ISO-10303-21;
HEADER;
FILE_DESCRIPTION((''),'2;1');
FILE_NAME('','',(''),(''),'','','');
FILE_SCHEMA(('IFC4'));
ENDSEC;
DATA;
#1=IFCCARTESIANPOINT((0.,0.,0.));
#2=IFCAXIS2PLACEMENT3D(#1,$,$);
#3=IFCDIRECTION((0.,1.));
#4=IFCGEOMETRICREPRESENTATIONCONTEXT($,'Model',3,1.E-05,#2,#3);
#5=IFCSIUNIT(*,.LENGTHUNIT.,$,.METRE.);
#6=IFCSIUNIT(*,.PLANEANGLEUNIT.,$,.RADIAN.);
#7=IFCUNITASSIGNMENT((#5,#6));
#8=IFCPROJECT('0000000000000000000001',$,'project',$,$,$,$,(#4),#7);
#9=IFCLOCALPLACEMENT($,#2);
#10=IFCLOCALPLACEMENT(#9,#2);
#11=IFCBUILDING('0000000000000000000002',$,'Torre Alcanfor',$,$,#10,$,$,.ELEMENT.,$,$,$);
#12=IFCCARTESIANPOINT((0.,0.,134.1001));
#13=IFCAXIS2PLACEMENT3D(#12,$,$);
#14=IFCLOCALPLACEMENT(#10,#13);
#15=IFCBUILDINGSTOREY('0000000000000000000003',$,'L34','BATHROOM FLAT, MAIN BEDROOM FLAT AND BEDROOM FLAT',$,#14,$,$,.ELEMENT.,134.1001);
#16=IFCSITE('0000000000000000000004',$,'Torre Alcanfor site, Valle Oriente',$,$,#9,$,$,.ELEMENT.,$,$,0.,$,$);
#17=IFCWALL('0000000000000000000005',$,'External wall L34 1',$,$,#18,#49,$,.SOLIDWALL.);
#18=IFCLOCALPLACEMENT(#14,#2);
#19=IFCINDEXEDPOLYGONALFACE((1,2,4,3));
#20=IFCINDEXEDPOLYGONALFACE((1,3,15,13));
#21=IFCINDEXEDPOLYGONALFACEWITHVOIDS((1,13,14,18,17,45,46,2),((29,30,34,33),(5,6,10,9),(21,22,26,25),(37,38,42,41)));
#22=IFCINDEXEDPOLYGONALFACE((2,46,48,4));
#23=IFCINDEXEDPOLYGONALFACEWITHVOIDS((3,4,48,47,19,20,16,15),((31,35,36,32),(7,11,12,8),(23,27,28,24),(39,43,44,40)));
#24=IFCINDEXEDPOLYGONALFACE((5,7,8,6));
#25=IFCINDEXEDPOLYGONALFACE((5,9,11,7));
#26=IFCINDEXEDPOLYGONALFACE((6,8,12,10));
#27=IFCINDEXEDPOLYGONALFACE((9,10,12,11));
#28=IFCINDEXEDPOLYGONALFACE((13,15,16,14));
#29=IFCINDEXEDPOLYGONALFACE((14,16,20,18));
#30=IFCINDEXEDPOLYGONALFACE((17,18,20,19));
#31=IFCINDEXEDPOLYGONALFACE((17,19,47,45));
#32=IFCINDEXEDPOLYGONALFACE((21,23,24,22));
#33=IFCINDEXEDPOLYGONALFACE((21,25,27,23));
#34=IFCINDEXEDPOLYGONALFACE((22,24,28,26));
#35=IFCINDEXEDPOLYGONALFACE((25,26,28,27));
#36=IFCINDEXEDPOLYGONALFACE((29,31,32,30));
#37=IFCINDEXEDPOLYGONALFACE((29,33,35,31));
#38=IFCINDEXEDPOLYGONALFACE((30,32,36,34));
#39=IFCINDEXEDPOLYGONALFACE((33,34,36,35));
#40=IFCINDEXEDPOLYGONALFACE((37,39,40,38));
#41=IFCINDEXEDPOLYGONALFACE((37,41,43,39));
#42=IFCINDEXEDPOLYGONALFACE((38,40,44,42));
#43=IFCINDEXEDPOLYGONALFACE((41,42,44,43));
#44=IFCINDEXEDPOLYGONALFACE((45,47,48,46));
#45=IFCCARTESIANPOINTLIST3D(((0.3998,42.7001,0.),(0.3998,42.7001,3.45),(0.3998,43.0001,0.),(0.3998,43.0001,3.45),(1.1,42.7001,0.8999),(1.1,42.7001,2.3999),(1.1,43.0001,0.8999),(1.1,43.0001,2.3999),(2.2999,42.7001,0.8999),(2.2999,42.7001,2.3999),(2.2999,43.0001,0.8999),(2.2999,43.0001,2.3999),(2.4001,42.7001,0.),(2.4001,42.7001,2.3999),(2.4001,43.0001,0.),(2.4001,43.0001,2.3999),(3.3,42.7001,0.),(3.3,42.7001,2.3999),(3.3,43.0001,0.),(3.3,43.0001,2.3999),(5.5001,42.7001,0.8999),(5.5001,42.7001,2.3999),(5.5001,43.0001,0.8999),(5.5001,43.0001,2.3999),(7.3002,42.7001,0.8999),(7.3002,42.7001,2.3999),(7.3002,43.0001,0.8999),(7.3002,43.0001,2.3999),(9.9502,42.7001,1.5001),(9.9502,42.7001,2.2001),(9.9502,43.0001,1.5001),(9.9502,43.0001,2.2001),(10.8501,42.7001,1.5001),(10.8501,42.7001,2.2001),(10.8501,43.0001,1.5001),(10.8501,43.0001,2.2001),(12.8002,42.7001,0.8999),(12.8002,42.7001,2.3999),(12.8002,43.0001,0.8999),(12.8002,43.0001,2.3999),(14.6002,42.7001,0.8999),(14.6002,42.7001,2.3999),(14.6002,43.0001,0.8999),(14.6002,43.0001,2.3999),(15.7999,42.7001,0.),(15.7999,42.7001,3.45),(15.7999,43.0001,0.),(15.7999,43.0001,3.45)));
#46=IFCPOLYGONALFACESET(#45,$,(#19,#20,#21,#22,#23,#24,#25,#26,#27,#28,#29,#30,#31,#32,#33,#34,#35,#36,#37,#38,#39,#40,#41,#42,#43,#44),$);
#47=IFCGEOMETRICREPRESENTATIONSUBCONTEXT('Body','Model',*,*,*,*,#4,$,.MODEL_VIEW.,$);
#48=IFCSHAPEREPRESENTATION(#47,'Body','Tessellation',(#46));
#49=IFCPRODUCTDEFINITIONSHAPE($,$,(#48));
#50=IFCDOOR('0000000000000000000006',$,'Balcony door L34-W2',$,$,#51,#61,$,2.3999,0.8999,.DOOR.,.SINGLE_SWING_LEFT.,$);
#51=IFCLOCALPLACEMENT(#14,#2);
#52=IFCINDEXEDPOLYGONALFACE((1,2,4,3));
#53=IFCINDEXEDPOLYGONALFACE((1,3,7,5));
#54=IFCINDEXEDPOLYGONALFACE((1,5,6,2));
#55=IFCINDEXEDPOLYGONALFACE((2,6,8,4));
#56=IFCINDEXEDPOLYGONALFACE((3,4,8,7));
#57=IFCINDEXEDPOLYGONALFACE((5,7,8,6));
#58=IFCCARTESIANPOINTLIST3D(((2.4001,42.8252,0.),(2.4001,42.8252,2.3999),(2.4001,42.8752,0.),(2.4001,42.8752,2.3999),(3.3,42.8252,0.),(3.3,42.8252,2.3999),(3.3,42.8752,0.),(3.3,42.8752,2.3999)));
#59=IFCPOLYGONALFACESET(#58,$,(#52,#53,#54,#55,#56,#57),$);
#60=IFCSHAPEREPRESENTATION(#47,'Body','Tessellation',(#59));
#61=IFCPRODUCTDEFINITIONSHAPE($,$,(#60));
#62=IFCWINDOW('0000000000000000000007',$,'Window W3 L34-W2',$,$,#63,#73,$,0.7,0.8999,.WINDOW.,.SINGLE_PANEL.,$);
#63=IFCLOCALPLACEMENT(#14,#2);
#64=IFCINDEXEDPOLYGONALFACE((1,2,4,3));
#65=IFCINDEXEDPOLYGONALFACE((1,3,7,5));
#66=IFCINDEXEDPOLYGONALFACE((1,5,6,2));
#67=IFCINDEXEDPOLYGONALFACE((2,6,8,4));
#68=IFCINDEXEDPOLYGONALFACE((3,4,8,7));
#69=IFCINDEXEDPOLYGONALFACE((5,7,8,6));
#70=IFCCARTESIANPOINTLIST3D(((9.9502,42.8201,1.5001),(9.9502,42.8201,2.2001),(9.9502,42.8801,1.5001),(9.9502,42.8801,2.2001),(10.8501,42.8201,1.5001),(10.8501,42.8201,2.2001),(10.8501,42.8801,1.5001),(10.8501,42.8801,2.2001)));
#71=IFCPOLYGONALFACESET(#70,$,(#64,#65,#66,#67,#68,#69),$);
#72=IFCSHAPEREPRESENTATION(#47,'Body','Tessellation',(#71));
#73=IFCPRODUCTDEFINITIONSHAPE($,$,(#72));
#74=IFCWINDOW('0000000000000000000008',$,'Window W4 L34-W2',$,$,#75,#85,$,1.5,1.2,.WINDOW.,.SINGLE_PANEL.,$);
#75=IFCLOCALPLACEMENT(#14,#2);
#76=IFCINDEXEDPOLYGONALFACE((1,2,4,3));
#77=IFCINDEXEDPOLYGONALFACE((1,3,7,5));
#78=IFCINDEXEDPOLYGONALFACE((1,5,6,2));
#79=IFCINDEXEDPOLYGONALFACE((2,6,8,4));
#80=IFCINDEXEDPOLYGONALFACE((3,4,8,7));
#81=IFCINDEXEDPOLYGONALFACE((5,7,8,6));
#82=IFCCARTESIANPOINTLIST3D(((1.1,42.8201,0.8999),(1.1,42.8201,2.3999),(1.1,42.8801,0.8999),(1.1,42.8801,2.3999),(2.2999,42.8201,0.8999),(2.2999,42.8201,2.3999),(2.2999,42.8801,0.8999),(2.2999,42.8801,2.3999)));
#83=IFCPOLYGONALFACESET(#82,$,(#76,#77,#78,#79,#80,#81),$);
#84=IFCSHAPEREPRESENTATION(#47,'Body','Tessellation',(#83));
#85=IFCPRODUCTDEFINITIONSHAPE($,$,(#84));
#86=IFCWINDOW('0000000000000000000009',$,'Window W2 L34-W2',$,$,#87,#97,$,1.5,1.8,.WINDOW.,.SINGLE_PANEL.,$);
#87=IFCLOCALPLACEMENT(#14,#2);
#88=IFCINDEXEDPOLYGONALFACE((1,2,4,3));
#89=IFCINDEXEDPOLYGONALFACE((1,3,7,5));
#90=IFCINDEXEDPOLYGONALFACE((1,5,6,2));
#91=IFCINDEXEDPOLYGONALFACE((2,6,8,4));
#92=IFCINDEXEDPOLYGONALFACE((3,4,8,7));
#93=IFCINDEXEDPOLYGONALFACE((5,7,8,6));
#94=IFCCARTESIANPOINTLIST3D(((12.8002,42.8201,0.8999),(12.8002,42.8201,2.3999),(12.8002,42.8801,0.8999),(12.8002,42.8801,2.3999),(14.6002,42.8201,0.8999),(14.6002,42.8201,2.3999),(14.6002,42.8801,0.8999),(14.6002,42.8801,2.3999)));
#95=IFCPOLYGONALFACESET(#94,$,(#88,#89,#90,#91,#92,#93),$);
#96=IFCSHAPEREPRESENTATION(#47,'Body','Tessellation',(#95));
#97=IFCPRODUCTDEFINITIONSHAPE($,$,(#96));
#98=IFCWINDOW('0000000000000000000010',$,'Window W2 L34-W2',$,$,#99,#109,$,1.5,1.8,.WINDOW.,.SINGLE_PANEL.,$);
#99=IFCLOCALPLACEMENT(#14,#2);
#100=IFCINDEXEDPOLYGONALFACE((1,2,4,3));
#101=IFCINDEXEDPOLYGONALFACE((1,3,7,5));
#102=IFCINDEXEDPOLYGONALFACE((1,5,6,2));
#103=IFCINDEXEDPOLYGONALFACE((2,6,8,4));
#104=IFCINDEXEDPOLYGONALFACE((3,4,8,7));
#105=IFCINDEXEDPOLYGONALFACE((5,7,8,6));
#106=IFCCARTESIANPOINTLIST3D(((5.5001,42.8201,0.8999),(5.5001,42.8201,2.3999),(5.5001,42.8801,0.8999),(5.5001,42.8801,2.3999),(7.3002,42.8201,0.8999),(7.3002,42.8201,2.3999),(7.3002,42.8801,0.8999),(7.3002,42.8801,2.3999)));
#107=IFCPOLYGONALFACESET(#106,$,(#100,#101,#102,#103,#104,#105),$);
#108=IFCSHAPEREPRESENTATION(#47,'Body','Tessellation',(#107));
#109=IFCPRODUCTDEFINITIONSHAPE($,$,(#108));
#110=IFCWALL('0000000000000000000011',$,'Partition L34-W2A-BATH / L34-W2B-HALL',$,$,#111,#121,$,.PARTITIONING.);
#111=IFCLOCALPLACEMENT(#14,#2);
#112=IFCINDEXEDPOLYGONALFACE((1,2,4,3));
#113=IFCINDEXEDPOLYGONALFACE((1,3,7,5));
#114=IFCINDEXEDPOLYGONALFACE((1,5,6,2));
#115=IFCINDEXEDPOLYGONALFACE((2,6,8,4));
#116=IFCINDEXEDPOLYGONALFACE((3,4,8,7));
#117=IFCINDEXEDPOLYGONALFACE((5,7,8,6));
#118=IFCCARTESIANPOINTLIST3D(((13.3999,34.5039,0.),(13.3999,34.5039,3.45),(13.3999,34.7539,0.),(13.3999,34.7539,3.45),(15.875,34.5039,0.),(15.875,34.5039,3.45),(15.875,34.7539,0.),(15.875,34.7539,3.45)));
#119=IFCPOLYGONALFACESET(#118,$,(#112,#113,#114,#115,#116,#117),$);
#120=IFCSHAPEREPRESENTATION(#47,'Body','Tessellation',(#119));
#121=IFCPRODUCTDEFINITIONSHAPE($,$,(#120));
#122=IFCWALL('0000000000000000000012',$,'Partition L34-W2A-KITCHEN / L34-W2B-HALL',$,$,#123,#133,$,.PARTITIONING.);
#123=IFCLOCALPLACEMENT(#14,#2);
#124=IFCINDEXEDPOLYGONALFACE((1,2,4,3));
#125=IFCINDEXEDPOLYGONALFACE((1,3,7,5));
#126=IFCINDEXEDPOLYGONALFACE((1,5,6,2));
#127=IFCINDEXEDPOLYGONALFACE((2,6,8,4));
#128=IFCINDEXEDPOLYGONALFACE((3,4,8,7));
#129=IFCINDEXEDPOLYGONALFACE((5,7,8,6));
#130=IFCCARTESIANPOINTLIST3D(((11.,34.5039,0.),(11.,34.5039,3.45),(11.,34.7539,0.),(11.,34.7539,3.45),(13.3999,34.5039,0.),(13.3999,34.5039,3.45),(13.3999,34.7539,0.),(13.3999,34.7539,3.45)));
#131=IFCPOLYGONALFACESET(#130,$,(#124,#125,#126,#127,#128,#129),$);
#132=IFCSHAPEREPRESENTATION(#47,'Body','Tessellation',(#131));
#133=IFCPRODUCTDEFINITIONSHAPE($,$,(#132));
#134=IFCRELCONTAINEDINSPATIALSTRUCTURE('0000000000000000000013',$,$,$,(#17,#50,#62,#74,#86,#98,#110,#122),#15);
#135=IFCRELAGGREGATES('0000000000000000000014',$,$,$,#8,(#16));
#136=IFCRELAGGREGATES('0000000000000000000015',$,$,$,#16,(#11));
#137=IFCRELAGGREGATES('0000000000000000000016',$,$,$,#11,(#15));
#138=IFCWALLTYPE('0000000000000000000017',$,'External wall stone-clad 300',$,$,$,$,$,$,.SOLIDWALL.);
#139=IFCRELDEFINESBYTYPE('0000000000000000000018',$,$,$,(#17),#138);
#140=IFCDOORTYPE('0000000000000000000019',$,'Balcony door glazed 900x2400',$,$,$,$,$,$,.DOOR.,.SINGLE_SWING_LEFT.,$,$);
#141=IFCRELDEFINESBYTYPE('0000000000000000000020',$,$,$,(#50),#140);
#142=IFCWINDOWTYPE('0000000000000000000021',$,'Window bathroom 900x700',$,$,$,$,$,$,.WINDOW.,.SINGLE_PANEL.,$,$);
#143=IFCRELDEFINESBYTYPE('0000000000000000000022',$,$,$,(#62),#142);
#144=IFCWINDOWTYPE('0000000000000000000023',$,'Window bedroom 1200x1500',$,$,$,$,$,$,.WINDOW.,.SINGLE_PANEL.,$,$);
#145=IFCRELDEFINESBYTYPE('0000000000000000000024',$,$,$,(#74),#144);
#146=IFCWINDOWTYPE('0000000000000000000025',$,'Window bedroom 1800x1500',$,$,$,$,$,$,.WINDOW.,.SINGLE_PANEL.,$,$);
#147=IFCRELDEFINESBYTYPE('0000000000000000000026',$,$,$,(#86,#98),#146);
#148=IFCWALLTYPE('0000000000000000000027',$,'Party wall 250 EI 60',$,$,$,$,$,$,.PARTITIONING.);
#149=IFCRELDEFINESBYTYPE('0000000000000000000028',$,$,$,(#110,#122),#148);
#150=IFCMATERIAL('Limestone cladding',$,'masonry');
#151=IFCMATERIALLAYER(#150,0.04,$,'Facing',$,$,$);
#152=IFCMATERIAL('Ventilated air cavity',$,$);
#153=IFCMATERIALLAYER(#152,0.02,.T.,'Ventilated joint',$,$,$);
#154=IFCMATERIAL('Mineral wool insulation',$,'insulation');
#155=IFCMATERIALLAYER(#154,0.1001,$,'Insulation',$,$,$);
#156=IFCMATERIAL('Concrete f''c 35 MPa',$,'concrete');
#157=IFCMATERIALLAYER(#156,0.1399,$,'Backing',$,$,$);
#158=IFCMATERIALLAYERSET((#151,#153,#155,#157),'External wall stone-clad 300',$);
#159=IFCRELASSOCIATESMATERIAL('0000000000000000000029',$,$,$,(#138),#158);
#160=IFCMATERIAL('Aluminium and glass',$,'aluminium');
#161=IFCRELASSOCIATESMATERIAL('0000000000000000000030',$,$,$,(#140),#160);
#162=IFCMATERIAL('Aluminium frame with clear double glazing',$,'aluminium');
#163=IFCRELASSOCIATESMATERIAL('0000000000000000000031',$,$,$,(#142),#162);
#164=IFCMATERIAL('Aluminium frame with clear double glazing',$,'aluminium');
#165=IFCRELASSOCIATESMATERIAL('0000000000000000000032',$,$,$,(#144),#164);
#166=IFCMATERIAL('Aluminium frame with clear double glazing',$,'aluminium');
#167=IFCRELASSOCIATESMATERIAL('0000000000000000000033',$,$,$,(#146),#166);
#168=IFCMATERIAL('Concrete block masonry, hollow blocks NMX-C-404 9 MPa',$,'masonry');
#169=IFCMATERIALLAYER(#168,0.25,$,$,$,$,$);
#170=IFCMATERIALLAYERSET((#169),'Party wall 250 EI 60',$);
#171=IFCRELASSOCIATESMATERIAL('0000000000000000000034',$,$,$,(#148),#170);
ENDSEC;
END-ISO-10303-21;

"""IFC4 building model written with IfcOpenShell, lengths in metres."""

from ifc_helpers import new_model, si_unit, direction, frame, frame_2d, origin, place, context, subcontext, project, spatial, rectangle, extrude, material, layer, layer_set, type_object, element, fill, save


model = new_model("IFC4")

# Units and contexts
model_context = context("Model", 3, precision=1e-05, world=origin(), true_north=direction((0.0, 1.0)))
body_context = subcontext(model_context, "Body", "Model", "MODEL_VIEW")
ifc_project = project(units=[si_unit("LENGTHUNIT", "METRE"), si_unit("PLANEANGLEUNIT", "RADIAN")], contexts=[model_context])

# Site, building, storey
site_placement = place(None, origin())
site = spatial("IfcSite", under=ifc_project, at=site_placement, Name="Torre Alcanfor site, Valle Oriente", CompositionType="ELEMENT", RefElevation=0.0)
building_placement = place(site_placement, origin())
building = spatial("IfcBuilding", under=site, at=building_placement, Name="Torre Alcanfor", CompositionType="ELEMENT")
storey_placement = place(building_placement, frame((0.0, 0.0, 134.1001)))
storey = spatial("IfcBuildingStorey", under=building, at=storey_placement, Name="L34", Description="BATHROOM FLAT, MAIN BEDROOM FLAT AND BEDROOM FLAT", CompositionType="ELEMENT", Elevation=134.1001)

# Wall, openings, door, windows
ifc_material_1 = material(Name="Limestone cladding", Category="masonry")
ifc_layer_1 = layer(ifc_material_1, 0.04, Name="Facing")
ifc_material_2 = material(Name="Ventilated air cavity")
ifc_layer_2 = layer(ifc_material_2, 0.02, ventilated=True, Name="Ventilated joint")
ifc_material_3 = material(Name="Mineral wool insulation", Category="insulation")
ifc_layer_3 = layer(ifc_material_3, 0.1001, Name="Insulation")
ifc_material_4 = material(Name="Concrete f'c 35 MPa", Category="concrete")
ifc_layer_4 = layer(ifc_material_4, 0.1399, Name="Backing")
ifc_layer_set_1 = layer_set([ifc_layer_1, ifc_layer_2, ifc_layer_3, ifc_layer_4], Name="External wall stone-clad 300")
wall_type_1 = type_object("IfcWallType", Name="External wall stone-clad 300", PredefinedType="SOLIDWALL", material=ifc_layer_set_1)
wall_1_placement = place(storey_placement, frame((15.8, 42.8501, 0.0), z_axis=(0.0, 0.0, 1.0), x_axis=(-1.0, 0.0, 0.0)))
wall_1 = element("IfcWall", 1, at=wall_1_placement, inside=storey, type_object=wall_type_1, Name="External wall L34 1", PredefinedType="SOLIDWALL", context=body_context, shape_type="SweptSolid", body=[
    extrude(rectangle(XDim=15.4001, YDim=0.3, at=frame_2d((7.7002, 0.0))), origin(), (0.0, 0.0, 1.0), 3.45),
])
opening_1_placement = place(wall_1_placement, frame((1.2, 0.0, 0.8999)))
opening_1 = element("IfcOpeningElement", 2, at=opening_1_placement, cuts=wall_1, PredefinedType="OPENING", context=body_context, shape_type="SweptSolid", body=[
    extrude(rectangle(XDim=1.8, YDim=1.5, at=frame_2d((0.8999, 0.75))), frame((0.0, 0.1599, 0.0), z_axis=(0.0, -1.0, 0.0), x_axis=(1.0, 0.0, 0.0)), (0.0, 0.0, 1.0), 0.3201),
])
opening_2_placement = place(wall_1_placement, frame((4.95, 0.0, 1.5)))
opening_2 = element("IfcOpeningElement", 3, at=opening_2_placement, cuts=wall_1, PredefinedType="OPENING", context=body_context, shape_type="SweptSolid", body=[
    extrude(rectangle(XDim=0.8999, YDim=0.7, at=frame_2d((0.45, 0.3501))), frame((0.0, 0.1599, 0.0), z_axis=(0.0, -1.0, 0.0), x_axis=(1.0, 0.0, 0.0)), (0.0, 0.0, 1.0), 0.3201),
])
opening_3_placement = place(wall_1_placement, frame((8.5, 0.0, 0.8999)))
opening_3 = element("IfcOpeningElement", 4, at=opening_3_placement, cuts=wall_1, PredefinedType="OPENING", context=body_context, shape_type="SweptSolid", body=[
    extrude(rectangle(XDim=1.8, YDim=1.5, at=frame_2d((0.8999, 0.75))), frame((0.0, 0.1599, 0.0), z_axis=(0.0, -1.0, 0.0), x_axis=(1.0, 0.0, 0.0)), (0.0, 0.0, 1.0), 0.3201),
])
opening_4_placement = place(wall_1_placement, frame((12.5, 0.0, 0.0)))
opening_4 = element("IfcOpeningElement", 5, at=opening_4_placement, cuts=wall_1, PredefinedType="OPENING", context=body_context, shape_type="SweptSolid", body=[
    extrude(rectangle(XDim=0.8999, YDim=2.3999, at=frame_2d((0.45, 1.2))), frame((0.0, 0.1599, 0.0), z_axis=(0.0, -1.0, 0.0), x_axis=(1.0, 0.0, 0.0)), (0.0, 0.0, 1.0), 0.3201),
])
opening_5_placement = place(wall_1_placement, frame((13.5, 0.0, 0.8999)))
opening_5 = element("IfcOpeningElement", 6, at=opening_5_placement, cuts=wall_1, PredefinedType="OPENING", context=body_context, shape_type="SweptSolid", body=[
    extrude(rectangle(XDim=1.2, YDim=1.5, at=frame_2d((0.6001, 0.75))), frame((0.0, 0.1599, 0.0), z_axis=(0.0, -1.0, 0.0), x_axis=(1.0, 0.0, 0.0)), (0.0, 0.0, 1.0), 0.3201),
])
ifc_material_5 = material(Name="Aluminium and glass", Category="aluminium")
door_type_1 = type_object("IfcDoorType", Name="Balcony door glazed 900x2400", OperationType="SINGLE_SWING_LEFT", PredefinedType="DOOR", material=ifc_material_5)
door_1_placement = place(opening_4_placement, origin())
door_1 = element("IfcDoor", 7, at=door_1_placement, inside=storey, type_object=door_type_1, Name="Balcony door L34-W2", OperationType="SINGLE_SWING_LEFT", OverallHeight=2.3999, OverallWidth=0.8999, PredefinedType="DOOR", context=body_context, shape_type="SweptSolid", body=[
    extrude(rectangle(XDim=0.8999, YDim=2.3999, at=frame_2d((0.45, 1.2))), frame((0.0, 0.0249, 0.0), z_axis=(0.0, -1.0, 0.0), x_axis=(1.0, 0.0, 0.0)), (0.0, 0.0, 1.0), 0.05),
])
fill(opening_4, door_1)
ifc_material_6 = material(Name="Aluminium frame with clear double glazing", Category="aluminium")
window_type_1 = type_object("IfcWindowType", Name="Window bathroom 900x700", PartitioningType="SINGLE_PANEL", PredefinedType="WINDOW", material=ifc_material_6)
window_1_placement = place(opening_2_placement, origin())
window_1 = element("IfcWindow", 8, at=window_1_placement, inside=storey, type_object=window_type_1, Name="Window W3 L34-W2", OverallHeight=0.7, OverallWidth=0.8999, PartitioningType="SINGLE_PANEL", PredefinedType="WINDOW", context=body_context, shape_type="SweptSolid", body=[
    extrude(rectangle(XDim=0.8999, YDim=0.7, at=frame_2d((0.45, 0.3501))), frame((0.0, 0.03, 0.0), z_axis=(0.0, -1.0, 0.0), x_axis=(1.0, 0.0, 0.0)), (0.0, 0.0, 1.0), 0.0601),
])
fill(opening_2, window_1)
ifc_material_7 = material(Name="Aluminium frame with clear double glazing", Category="aluminium")
window_type_2 = type_object("IfcWindowType", Name="Window bedroom 1200x1500", PartitioningType="SINGLE_PANEL", PredefinedType="WINDOW", material=ifc_material_7)
window_2_placement = place(opening_5_placement, origin())
window_2 = element("IfcWindow", 9, at=window_2_placement, inside=storey, type_object=window_type_2, Name="Window W4 L34-W2", OverallHeight=1.5, OverallWidth=1.2, PartitioningType="SINGLE_PANEL", PredefinedType="WINDOW", context=body_context, shape_type="SweptSolid", body=[
    extrude(rectangle(XDim=1.2, YDim=1.5, at=frame_2d((0.6001, 0.75))), frame((0.0, 0.03, 0.0), z_axis=(0.0, -1.0, 0.0), x_axis=(1.0, 0.0, 0.0)), (0.0, 0.0, 1.0), 0.0601),
])
fill(opening_5, window_2)
ifc_material_8 = material(Name="Aluminium frame with clear double glazing", Category="aluminium")
window_type_3 = type_object("IfcWindowType", Name="Window bedroom 1800x1500", PartitioningType="SINGLE_PANEL", PredefinedType="WINDOW", material=ifc_material_8)
window_3_placement = place(opening_1_placement, origin())
window_3 = element("IfcWindow", 10, at=window_3_placement, inside=storey, type_object=window_type_3, Name="Window W2 L34-W2", OverallHeight=1.5, OverallWidth=1.8, PartitioningType="SINGLE_PANEL", PredefinedType="WINDOW", context=body_context, shape_type="SweptSolid", body=[
    extrude(rectangle(XDim=1.8, YDim=1.5, at=frame_2d((0.8999, 0.75))), frame((0.0, 0.03, 0.0), z_axis=(0.0, -1.0, 0.0), x_axis=(1.0, 0.0, 0.0)), (0.0, 0.0, 1.0), 0.0601),
])
fill(opening_1, window_3)
window_4_placement = place(opening_3_placement, origin())
window_4 = element("IfcWindow", 11, at=window_4_placement, inside=storey, type_object=window_type_3, Name="Window W2 L34-W2", OverallHeight=1.5, OverallWidth=1.8, PartitioningType="SINGLE_PANEL", PredefinedType="WINDOW", context=body_context, shape_type="SweptSolid", body=[
    extrude(rectangle(XDim=1.8, YDim=1.5, at=frame_2d((0.8999, 0.75))), frame((0.0, 0.03, 0.0), z_axis=(0.0, -1.0, 0.0), x_axis=(1.0, 0.0, 0.0)), (0.0, 0.0, 1.0), 0.0601),
])
fill(opening_3, window_4)

# Walls
ifc_material_9 = material(Name="Concrete block masonry, hollow blocks NMX-C-404 9 MPa", Category="masonry")
ifc_layer_5 = layer(ifc_material_9, 0.25)
ifc_layer_set_2 = layer_set([ifc_layer_5], Name="Party wall 250 EI 60")
wall_type_2 = type_object("IfcWallType", Name="Party wall 250 EI 60", PredefinedType="PARTITIONING", material=ifc_layer_set_2)
wall_2_placement = place(storey_placement, frame((13.3999, 34.6289, 0.0), z_axis=(0.0, 0.0, 1.0), x_axis=(1.0, 0.0, 0.0)))
element("IfcWall", 12, at=wall_2_placement, inside=storey, type_object=wall_type_2, Name="Partition L34-W2A-BATH / L34-W2B-HALL", PredefinedType="PARTITIONING", context=body_context, shape_type="SweptSolid", body=[
    extrude(rectangle(XDim=2.4751, YDim=0.25, at=frame_2d((1.2375, 0.0))), origin(), (0.0, 0.0, 1.0), 3.45),
])
wall_3_placement = place(storey_placement, frame((11.0, 34.6289, 0.0), z_axis=(0.0, 0.0, 1.0), x_axis=(1.0, 0.0, 0.0)))
element("IfcWall", 13, at=wall_3_placement, inside=storey, type_object=wall_type_2, Name="Partition L34-W2A-KITCHEN / L34-W2B-HALL", PredefinedType="PARTITIONING", context=body_context, shape_type="SweptSolid", body=[
    extrude(rectangle(XDim=2.3999, YDim=0.25, at=frame_2d((1.2, 0.0))), origin(), (0.0, 0.0, 1.0), 3.45),
])

save(model, "model.ifc")
